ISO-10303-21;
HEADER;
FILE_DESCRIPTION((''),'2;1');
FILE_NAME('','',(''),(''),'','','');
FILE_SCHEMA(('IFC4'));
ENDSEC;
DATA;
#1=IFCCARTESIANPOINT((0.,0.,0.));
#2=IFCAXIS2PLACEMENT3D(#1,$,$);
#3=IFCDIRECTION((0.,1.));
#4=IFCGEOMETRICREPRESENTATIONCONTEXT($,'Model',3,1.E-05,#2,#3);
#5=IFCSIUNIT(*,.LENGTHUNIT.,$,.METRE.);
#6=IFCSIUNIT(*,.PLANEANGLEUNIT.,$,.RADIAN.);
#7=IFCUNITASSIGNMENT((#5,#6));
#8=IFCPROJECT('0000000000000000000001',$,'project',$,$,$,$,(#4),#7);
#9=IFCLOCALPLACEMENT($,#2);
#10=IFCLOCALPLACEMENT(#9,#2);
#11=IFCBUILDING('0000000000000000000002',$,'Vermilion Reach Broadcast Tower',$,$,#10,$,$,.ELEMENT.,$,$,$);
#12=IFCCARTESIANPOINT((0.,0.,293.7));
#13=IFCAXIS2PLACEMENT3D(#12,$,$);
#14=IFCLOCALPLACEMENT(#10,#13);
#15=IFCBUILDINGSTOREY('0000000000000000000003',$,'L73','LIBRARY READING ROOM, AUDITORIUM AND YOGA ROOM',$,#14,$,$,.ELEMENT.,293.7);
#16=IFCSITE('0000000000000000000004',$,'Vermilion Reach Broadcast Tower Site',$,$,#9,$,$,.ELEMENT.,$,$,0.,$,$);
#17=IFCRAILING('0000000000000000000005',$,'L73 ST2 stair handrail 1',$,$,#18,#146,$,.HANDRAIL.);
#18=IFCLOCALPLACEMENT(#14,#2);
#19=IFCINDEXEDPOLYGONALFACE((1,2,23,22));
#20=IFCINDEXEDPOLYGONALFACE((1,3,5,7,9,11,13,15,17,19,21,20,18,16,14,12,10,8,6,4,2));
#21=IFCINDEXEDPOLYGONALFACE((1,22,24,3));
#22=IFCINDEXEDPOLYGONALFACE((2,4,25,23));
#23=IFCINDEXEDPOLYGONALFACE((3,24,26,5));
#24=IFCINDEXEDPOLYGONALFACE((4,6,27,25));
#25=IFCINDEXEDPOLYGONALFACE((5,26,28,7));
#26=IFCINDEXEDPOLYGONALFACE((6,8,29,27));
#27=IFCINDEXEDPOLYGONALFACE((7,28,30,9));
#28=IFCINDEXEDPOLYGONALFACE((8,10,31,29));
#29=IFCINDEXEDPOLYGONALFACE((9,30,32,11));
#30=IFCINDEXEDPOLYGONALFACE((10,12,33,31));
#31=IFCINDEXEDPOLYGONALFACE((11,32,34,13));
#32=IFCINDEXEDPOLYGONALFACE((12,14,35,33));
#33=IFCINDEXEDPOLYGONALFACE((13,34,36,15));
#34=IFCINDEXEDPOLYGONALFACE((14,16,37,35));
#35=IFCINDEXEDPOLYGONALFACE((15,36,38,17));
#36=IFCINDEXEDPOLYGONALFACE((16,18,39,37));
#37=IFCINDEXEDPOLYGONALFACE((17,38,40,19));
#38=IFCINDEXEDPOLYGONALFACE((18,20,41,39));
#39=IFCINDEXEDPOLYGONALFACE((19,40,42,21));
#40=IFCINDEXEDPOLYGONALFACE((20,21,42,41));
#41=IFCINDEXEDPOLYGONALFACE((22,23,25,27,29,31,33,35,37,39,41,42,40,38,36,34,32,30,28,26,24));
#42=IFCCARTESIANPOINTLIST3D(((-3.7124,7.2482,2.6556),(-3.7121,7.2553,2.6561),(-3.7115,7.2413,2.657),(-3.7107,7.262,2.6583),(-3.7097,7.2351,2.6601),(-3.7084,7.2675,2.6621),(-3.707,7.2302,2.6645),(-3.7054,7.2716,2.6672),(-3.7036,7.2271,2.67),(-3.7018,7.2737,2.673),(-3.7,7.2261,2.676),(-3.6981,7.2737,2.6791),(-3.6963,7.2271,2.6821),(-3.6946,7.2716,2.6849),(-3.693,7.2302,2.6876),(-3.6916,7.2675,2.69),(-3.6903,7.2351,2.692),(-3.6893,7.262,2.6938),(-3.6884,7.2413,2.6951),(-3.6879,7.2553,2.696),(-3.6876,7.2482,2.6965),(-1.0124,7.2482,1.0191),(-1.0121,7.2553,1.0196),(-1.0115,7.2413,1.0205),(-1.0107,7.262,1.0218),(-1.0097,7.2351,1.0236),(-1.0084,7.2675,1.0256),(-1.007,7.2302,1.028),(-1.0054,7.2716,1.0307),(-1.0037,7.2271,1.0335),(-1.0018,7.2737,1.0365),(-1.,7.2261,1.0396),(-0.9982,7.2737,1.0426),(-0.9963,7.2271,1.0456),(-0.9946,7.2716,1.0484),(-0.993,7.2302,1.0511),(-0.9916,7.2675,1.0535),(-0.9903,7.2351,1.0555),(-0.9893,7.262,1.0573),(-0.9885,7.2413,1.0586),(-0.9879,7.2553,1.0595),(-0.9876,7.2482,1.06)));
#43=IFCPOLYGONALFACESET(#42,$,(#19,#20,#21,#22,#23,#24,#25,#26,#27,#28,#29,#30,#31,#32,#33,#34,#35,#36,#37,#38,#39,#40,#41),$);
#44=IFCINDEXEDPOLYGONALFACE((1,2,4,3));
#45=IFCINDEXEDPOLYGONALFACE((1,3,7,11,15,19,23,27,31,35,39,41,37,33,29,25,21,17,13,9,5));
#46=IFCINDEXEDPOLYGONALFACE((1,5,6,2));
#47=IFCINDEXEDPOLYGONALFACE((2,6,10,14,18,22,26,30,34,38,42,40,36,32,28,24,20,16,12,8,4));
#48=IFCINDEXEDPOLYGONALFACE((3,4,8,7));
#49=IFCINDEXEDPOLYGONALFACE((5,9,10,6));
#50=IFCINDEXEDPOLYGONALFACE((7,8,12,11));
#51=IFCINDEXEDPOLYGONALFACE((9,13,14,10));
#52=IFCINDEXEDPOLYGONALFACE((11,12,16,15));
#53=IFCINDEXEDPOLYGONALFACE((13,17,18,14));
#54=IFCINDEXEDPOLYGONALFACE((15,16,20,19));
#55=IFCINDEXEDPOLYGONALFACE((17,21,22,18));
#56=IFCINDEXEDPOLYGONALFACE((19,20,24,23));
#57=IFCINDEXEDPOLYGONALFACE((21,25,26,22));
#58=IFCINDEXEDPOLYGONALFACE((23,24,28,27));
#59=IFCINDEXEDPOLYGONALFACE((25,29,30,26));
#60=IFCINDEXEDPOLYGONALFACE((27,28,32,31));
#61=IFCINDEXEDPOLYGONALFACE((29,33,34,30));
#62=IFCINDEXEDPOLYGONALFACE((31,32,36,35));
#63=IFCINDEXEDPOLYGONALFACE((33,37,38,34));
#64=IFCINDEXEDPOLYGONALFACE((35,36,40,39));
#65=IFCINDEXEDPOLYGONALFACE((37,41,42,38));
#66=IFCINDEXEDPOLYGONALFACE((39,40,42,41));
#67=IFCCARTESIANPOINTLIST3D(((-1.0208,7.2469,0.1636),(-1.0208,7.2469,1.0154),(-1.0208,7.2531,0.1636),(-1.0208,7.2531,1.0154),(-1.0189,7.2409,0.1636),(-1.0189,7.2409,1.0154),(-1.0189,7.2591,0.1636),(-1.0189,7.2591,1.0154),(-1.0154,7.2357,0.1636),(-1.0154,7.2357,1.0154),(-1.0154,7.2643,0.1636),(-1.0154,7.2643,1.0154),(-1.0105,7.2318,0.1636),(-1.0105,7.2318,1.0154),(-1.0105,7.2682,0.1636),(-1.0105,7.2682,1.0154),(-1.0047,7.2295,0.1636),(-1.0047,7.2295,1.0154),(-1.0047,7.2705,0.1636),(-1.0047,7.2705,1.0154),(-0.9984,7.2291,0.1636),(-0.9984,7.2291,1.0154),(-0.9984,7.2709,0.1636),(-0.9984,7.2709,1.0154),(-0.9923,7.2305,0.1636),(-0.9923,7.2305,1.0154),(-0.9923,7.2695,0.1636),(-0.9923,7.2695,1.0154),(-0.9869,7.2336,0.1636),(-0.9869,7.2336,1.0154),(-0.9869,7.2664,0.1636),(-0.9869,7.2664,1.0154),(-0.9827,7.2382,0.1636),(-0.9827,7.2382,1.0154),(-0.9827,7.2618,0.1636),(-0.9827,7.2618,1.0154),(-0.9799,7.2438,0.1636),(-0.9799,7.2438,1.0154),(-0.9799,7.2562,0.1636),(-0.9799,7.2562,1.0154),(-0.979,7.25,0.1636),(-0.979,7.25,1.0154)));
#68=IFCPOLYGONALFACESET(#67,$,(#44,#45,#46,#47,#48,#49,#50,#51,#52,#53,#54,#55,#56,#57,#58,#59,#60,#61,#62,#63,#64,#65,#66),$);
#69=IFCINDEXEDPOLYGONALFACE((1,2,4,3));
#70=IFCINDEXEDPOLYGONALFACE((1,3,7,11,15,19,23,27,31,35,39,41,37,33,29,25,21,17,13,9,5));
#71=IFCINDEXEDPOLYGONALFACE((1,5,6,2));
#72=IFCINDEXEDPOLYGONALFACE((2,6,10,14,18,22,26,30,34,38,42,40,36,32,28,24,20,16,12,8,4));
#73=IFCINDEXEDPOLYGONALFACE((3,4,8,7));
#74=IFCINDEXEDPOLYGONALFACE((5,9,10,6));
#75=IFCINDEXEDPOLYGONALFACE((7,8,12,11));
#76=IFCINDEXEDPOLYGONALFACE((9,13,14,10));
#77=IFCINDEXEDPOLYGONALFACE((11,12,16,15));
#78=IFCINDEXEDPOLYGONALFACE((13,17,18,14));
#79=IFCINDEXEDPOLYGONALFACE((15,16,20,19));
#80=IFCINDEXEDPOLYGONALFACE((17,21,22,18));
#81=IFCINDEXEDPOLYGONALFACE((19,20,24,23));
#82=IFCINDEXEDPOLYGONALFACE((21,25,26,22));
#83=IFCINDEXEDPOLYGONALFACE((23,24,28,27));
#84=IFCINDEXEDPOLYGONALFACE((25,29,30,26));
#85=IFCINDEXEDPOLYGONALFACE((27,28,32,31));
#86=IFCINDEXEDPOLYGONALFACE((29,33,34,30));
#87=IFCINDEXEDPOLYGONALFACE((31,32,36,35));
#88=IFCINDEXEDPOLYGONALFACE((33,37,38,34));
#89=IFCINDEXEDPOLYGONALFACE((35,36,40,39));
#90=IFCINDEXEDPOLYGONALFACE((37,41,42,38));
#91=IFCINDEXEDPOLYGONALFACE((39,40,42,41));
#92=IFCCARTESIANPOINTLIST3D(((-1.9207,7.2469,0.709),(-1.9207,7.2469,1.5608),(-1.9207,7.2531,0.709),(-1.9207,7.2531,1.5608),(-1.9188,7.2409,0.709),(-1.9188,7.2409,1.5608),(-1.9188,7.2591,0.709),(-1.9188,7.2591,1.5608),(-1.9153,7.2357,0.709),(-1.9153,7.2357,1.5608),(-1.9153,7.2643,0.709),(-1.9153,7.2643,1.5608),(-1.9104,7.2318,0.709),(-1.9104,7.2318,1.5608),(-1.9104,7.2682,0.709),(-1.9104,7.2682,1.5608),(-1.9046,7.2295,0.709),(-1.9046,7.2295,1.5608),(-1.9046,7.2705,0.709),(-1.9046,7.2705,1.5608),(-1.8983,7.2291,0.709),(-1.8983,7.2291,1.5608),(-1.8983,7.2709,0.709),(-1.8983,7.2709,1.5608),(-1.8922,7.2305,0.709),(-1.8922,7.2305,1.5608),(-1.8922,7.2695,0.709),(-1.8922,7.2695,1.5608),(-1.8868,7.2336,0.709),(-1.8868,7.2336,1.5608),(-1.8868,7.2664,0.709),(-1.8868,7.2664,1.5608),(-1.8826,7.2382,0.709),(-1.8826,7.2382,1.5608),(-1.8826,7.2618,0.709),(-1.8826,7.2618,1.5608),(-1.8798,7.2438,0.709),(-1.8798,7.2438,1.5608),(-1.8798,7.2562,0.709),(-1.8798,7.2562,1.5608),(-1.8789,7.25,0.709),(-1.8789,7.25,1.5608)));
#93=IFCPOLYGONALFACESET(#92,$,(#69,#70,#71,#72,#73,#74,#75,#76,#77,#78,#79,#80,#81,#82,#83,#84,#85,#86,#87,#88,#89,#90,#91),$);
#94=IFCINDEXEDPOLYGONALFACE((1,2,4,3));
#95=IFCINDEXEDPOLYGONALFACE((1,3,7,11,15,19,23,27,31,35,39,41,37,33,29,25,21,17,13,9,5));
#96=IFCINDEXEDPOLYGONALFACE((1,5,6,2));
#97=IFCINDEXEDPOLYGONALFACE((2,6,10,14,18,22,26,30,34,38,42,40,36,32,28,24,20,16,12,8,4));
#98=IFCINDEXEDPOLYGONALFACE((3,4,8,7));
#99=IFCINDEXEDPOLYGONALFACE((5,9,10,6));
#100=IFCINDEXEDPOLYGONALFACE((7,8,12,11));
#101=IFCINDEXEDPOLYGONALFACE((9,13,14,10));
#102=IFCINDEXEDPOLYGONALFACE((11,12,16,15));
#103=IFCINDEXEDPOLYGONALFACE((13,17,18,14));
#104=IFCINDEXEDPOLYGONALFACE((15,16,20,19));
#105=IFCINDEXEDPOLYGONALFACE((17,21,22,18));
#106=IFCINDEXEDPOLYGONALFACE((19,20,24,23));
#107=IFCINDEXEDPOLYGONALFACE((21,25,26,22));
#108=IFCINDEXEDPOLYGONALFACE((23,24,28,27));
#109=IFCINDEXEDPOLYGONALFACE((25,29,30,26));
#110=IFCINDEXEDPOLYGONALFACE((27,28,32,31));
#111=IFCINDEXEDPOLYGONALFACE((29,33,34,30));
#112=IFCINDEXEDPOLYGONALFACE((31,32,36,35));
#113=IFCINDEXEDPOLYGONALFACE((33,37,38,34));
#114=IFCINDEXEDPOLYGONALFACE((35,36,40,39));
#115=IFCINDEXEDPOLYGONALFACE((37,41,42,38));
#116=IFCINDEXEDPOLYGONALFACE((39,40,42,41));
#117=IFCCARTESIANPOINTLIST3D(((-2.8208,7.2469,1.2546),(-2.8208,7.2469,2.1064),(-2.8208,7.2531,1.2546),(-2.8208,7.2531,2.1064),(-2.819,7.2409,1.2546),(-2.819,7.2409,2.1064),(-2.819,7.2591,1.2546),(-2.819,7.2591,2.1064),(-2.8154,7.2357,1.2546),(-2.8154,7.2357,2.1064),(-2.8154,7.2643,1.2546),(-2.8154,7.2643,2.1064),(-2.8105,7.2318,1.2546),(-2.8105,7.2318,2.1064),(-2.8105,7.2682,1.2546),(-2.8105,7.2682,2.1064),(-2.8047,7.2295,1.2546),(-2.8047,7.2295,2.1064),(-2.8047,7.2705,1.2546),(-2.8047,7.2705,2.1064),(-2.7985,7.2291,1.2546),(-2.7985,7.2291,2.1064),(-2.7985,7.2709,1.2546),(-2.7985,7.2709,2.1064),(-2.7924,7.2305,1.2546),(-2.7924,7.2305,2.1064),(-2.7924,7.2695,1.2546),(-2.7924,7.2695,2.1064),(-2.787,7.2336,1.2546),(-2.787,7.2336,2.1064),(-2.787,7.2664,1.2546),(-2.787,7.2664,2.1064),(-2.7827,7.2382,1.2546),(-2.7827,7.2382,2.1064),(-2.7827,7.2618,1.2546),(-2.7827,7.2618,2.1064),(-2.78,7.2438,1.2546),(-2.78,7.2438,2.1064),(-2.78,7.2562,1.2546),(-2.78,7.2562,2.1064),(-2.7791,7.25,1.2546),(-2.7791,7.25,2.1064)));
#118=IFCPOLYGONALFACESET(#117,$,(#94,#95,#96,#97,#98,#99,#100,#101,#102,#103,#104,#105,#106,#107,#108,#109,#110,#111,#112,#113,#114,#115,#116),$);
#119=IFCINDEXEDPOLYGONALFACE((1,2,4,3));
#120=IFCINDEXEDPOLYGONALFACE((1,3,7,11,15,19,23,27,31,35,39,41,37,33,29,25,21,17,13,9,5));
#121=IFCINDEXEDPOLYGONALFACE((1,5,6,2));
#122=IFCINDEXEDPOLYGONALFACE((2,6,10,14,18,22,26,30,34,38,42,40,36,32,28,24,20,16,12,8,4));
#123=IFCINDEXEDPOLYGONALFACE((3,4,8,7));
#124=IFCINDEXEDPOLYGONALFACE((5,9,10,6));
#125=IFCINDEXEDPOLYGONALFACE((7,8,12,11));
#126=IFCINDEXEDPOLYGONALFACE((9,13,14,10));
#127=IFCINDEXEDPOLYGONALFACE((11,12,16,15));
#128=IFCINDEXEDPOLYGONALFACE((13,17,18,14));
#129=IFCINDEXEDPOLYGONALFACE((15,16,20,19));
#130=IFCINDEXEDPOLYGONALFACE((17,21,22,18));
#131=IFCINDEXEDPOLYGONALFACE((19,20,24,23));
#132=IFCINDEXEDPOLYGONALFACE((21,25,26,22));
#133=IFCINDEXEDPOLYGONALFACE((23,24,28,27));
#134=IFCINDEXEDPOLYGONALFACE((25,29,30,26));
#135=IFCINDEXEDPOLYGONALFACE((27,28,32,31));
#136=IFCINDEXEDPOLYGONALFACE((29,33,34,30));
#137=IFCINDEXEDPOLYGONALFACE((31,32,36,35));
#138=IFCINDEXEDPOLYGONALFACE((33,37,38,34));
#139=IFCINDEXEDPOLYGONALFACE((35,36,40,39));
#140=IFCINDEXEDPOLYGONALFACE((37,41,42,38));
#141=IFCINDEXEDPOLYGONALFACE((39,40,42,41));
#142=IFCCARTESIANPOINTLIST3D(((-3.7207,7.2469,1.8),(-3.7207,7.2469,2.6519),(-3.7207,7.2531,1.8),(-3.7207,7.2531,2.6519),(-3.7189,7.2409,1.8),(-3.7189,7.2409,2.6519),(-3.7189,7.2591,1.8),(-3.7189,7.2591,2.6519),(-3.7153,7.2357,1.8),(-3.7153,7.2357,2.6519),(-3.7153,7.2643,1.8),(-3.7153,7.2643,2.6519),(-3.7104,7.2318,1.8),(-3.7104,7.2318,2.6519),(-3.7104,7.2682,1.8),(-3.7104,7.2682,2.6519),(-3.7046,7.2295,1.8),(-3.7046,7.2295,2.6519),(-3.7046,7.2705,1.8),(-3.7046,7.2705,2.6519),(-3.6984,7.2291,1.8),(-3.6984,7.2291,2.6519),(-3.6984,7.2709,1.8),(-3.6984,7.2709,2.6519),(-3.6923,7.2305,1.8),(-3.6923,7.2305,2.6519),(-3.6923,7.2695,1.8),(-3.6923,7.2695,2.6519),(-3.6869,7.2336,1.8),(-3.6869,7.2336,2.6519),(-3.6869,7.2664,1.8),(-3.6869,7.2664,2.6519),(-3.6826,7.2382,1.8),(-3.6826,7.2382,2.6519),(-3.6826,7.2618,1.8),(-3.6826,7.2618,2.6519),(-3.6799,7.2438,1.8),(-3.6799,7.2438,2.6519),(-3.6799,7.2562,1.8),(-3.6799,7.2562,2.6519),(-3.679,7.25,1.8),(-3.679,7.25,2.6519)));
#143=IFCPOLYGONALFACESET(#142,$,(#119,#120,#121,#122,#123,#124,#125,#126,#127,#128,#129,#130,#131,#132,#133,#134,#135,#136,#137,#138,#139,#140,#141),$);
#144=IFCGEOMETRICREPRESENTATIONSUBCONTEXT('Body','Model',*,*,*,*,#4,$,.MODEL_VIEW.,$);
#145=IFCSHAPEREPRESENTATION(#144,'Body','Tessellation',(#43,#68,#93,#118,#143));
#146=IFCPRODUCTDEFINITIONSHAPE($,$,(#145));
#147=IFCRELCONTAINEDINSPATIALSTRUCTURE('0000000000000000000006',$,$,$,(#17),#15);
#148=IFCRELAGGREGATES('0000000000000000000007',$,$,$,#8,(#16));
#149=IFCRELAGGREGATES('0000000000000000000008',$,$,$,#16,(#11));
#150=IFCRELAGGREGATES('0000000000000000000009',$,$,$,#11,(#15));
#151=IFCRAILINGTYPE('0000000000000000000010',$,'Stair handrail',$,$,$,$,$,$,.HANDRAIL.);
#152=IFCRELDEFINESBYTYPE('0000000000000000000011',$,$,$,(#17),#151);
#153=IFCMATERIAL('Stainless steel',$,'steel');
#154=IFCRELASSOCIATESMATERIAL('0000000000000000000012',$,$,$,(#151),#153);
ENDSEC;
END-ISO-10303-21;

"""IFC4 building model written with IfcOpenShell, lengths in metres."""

from ifc_helpers import new_model, si_unit, direction, frame, origin, origin_2d, place, context, subcontext, project, spatial, circle, extrude, material, type_object, element, save


model = new_model("IFC4")

# Units and contexts
model_context = context("Model", 3, precision=1e-05, world=origin(), true_north=direction((0.0, 1.0)))
body_context = subcontext(model_context, "Body", "Model", "MODEL_VIEW")
ifc_project = project(units=[si_unit("LENGTHUNIT", "METRE"), si_unit("PLANEANGLEUNIT", "RADIAN")], contexts=[model_context])

# Site, building, storey
site_placement = place(None, origin())
site = spatial("IfcSite", under=ifc_project, at=site_placement, Name="Vermilion Reach Broadcast Tower Site", CompositionType="ELEMENT", RefElevation=0.0)
building_placement = place(site_placement, origin())
building = spatial("IfcBuilding", under=site, at=building_placement, Name="Vermilion Reach Broadcast Tower", CompositionType="ELEMENT")
storey_placement = place(building_placement, frame((0.0, 0.0, 293.7)))
storey = spatial("IfcBuildingStorey", under=building, at=storey_placement, Name="L73", Description="LIBRARY READING ROOM, AUDITORIUM AND YOGA ROOM", CompositionType="ELEMENT", Elevation=293.7)

# Railing
ifc_material_1 = material(Name="Stainless steel", Category="steel")
railing_type_1 = type_object("IfcRailingType", Name="Stair handrail", PredefinedType="HANDRAIL", material=ifc_material_1)
railing_1_placement = place(storey_placement, frame((-1.0, 7.25, 0.1636)))
element("IfcRailing", 1, at=railing_1_placement, inside=storey, type_object=railing_type_1, Name="L73 ST2 stair handrail 1", PredefinedType="HANDRAIL", context=body_context, shape_type="SweptSolid", body=[
    extrude(circle(Radius=0.0239, at=origin_2d()), frame((0.0, 0.0, 0.876), z_axis=(-0.855178, 0.0, 0.518334), x_axis=(0.0, -1.0, 0.0)), (0.0, 0.0, 1.0), 3.1572),
    extrude(circle(Radius=0.021, at=origin_2d()), origin(), (0.0, 0.0, 1.0), 0.8518),
    extrude(circle(Radius=0.021, at=origin_2d()), frame((-0.8999, 0.0, 0.5454)), (0.0, 0.0, 1.0), 0.8518),
    extrude(circle(Radius=0.021, at=origin_2d()), frame((-1.8, 0.0, 1.0911)), (0.0, 0.0, 1.0), 0.8518),
    extrude(circle(Radius=0.021, at=origin_2d()), frame((-2.7, 0.0, 1.6365)), (0.0, 0.0, 1.0), 0.8518),
])

save(model, "model.ifc")
